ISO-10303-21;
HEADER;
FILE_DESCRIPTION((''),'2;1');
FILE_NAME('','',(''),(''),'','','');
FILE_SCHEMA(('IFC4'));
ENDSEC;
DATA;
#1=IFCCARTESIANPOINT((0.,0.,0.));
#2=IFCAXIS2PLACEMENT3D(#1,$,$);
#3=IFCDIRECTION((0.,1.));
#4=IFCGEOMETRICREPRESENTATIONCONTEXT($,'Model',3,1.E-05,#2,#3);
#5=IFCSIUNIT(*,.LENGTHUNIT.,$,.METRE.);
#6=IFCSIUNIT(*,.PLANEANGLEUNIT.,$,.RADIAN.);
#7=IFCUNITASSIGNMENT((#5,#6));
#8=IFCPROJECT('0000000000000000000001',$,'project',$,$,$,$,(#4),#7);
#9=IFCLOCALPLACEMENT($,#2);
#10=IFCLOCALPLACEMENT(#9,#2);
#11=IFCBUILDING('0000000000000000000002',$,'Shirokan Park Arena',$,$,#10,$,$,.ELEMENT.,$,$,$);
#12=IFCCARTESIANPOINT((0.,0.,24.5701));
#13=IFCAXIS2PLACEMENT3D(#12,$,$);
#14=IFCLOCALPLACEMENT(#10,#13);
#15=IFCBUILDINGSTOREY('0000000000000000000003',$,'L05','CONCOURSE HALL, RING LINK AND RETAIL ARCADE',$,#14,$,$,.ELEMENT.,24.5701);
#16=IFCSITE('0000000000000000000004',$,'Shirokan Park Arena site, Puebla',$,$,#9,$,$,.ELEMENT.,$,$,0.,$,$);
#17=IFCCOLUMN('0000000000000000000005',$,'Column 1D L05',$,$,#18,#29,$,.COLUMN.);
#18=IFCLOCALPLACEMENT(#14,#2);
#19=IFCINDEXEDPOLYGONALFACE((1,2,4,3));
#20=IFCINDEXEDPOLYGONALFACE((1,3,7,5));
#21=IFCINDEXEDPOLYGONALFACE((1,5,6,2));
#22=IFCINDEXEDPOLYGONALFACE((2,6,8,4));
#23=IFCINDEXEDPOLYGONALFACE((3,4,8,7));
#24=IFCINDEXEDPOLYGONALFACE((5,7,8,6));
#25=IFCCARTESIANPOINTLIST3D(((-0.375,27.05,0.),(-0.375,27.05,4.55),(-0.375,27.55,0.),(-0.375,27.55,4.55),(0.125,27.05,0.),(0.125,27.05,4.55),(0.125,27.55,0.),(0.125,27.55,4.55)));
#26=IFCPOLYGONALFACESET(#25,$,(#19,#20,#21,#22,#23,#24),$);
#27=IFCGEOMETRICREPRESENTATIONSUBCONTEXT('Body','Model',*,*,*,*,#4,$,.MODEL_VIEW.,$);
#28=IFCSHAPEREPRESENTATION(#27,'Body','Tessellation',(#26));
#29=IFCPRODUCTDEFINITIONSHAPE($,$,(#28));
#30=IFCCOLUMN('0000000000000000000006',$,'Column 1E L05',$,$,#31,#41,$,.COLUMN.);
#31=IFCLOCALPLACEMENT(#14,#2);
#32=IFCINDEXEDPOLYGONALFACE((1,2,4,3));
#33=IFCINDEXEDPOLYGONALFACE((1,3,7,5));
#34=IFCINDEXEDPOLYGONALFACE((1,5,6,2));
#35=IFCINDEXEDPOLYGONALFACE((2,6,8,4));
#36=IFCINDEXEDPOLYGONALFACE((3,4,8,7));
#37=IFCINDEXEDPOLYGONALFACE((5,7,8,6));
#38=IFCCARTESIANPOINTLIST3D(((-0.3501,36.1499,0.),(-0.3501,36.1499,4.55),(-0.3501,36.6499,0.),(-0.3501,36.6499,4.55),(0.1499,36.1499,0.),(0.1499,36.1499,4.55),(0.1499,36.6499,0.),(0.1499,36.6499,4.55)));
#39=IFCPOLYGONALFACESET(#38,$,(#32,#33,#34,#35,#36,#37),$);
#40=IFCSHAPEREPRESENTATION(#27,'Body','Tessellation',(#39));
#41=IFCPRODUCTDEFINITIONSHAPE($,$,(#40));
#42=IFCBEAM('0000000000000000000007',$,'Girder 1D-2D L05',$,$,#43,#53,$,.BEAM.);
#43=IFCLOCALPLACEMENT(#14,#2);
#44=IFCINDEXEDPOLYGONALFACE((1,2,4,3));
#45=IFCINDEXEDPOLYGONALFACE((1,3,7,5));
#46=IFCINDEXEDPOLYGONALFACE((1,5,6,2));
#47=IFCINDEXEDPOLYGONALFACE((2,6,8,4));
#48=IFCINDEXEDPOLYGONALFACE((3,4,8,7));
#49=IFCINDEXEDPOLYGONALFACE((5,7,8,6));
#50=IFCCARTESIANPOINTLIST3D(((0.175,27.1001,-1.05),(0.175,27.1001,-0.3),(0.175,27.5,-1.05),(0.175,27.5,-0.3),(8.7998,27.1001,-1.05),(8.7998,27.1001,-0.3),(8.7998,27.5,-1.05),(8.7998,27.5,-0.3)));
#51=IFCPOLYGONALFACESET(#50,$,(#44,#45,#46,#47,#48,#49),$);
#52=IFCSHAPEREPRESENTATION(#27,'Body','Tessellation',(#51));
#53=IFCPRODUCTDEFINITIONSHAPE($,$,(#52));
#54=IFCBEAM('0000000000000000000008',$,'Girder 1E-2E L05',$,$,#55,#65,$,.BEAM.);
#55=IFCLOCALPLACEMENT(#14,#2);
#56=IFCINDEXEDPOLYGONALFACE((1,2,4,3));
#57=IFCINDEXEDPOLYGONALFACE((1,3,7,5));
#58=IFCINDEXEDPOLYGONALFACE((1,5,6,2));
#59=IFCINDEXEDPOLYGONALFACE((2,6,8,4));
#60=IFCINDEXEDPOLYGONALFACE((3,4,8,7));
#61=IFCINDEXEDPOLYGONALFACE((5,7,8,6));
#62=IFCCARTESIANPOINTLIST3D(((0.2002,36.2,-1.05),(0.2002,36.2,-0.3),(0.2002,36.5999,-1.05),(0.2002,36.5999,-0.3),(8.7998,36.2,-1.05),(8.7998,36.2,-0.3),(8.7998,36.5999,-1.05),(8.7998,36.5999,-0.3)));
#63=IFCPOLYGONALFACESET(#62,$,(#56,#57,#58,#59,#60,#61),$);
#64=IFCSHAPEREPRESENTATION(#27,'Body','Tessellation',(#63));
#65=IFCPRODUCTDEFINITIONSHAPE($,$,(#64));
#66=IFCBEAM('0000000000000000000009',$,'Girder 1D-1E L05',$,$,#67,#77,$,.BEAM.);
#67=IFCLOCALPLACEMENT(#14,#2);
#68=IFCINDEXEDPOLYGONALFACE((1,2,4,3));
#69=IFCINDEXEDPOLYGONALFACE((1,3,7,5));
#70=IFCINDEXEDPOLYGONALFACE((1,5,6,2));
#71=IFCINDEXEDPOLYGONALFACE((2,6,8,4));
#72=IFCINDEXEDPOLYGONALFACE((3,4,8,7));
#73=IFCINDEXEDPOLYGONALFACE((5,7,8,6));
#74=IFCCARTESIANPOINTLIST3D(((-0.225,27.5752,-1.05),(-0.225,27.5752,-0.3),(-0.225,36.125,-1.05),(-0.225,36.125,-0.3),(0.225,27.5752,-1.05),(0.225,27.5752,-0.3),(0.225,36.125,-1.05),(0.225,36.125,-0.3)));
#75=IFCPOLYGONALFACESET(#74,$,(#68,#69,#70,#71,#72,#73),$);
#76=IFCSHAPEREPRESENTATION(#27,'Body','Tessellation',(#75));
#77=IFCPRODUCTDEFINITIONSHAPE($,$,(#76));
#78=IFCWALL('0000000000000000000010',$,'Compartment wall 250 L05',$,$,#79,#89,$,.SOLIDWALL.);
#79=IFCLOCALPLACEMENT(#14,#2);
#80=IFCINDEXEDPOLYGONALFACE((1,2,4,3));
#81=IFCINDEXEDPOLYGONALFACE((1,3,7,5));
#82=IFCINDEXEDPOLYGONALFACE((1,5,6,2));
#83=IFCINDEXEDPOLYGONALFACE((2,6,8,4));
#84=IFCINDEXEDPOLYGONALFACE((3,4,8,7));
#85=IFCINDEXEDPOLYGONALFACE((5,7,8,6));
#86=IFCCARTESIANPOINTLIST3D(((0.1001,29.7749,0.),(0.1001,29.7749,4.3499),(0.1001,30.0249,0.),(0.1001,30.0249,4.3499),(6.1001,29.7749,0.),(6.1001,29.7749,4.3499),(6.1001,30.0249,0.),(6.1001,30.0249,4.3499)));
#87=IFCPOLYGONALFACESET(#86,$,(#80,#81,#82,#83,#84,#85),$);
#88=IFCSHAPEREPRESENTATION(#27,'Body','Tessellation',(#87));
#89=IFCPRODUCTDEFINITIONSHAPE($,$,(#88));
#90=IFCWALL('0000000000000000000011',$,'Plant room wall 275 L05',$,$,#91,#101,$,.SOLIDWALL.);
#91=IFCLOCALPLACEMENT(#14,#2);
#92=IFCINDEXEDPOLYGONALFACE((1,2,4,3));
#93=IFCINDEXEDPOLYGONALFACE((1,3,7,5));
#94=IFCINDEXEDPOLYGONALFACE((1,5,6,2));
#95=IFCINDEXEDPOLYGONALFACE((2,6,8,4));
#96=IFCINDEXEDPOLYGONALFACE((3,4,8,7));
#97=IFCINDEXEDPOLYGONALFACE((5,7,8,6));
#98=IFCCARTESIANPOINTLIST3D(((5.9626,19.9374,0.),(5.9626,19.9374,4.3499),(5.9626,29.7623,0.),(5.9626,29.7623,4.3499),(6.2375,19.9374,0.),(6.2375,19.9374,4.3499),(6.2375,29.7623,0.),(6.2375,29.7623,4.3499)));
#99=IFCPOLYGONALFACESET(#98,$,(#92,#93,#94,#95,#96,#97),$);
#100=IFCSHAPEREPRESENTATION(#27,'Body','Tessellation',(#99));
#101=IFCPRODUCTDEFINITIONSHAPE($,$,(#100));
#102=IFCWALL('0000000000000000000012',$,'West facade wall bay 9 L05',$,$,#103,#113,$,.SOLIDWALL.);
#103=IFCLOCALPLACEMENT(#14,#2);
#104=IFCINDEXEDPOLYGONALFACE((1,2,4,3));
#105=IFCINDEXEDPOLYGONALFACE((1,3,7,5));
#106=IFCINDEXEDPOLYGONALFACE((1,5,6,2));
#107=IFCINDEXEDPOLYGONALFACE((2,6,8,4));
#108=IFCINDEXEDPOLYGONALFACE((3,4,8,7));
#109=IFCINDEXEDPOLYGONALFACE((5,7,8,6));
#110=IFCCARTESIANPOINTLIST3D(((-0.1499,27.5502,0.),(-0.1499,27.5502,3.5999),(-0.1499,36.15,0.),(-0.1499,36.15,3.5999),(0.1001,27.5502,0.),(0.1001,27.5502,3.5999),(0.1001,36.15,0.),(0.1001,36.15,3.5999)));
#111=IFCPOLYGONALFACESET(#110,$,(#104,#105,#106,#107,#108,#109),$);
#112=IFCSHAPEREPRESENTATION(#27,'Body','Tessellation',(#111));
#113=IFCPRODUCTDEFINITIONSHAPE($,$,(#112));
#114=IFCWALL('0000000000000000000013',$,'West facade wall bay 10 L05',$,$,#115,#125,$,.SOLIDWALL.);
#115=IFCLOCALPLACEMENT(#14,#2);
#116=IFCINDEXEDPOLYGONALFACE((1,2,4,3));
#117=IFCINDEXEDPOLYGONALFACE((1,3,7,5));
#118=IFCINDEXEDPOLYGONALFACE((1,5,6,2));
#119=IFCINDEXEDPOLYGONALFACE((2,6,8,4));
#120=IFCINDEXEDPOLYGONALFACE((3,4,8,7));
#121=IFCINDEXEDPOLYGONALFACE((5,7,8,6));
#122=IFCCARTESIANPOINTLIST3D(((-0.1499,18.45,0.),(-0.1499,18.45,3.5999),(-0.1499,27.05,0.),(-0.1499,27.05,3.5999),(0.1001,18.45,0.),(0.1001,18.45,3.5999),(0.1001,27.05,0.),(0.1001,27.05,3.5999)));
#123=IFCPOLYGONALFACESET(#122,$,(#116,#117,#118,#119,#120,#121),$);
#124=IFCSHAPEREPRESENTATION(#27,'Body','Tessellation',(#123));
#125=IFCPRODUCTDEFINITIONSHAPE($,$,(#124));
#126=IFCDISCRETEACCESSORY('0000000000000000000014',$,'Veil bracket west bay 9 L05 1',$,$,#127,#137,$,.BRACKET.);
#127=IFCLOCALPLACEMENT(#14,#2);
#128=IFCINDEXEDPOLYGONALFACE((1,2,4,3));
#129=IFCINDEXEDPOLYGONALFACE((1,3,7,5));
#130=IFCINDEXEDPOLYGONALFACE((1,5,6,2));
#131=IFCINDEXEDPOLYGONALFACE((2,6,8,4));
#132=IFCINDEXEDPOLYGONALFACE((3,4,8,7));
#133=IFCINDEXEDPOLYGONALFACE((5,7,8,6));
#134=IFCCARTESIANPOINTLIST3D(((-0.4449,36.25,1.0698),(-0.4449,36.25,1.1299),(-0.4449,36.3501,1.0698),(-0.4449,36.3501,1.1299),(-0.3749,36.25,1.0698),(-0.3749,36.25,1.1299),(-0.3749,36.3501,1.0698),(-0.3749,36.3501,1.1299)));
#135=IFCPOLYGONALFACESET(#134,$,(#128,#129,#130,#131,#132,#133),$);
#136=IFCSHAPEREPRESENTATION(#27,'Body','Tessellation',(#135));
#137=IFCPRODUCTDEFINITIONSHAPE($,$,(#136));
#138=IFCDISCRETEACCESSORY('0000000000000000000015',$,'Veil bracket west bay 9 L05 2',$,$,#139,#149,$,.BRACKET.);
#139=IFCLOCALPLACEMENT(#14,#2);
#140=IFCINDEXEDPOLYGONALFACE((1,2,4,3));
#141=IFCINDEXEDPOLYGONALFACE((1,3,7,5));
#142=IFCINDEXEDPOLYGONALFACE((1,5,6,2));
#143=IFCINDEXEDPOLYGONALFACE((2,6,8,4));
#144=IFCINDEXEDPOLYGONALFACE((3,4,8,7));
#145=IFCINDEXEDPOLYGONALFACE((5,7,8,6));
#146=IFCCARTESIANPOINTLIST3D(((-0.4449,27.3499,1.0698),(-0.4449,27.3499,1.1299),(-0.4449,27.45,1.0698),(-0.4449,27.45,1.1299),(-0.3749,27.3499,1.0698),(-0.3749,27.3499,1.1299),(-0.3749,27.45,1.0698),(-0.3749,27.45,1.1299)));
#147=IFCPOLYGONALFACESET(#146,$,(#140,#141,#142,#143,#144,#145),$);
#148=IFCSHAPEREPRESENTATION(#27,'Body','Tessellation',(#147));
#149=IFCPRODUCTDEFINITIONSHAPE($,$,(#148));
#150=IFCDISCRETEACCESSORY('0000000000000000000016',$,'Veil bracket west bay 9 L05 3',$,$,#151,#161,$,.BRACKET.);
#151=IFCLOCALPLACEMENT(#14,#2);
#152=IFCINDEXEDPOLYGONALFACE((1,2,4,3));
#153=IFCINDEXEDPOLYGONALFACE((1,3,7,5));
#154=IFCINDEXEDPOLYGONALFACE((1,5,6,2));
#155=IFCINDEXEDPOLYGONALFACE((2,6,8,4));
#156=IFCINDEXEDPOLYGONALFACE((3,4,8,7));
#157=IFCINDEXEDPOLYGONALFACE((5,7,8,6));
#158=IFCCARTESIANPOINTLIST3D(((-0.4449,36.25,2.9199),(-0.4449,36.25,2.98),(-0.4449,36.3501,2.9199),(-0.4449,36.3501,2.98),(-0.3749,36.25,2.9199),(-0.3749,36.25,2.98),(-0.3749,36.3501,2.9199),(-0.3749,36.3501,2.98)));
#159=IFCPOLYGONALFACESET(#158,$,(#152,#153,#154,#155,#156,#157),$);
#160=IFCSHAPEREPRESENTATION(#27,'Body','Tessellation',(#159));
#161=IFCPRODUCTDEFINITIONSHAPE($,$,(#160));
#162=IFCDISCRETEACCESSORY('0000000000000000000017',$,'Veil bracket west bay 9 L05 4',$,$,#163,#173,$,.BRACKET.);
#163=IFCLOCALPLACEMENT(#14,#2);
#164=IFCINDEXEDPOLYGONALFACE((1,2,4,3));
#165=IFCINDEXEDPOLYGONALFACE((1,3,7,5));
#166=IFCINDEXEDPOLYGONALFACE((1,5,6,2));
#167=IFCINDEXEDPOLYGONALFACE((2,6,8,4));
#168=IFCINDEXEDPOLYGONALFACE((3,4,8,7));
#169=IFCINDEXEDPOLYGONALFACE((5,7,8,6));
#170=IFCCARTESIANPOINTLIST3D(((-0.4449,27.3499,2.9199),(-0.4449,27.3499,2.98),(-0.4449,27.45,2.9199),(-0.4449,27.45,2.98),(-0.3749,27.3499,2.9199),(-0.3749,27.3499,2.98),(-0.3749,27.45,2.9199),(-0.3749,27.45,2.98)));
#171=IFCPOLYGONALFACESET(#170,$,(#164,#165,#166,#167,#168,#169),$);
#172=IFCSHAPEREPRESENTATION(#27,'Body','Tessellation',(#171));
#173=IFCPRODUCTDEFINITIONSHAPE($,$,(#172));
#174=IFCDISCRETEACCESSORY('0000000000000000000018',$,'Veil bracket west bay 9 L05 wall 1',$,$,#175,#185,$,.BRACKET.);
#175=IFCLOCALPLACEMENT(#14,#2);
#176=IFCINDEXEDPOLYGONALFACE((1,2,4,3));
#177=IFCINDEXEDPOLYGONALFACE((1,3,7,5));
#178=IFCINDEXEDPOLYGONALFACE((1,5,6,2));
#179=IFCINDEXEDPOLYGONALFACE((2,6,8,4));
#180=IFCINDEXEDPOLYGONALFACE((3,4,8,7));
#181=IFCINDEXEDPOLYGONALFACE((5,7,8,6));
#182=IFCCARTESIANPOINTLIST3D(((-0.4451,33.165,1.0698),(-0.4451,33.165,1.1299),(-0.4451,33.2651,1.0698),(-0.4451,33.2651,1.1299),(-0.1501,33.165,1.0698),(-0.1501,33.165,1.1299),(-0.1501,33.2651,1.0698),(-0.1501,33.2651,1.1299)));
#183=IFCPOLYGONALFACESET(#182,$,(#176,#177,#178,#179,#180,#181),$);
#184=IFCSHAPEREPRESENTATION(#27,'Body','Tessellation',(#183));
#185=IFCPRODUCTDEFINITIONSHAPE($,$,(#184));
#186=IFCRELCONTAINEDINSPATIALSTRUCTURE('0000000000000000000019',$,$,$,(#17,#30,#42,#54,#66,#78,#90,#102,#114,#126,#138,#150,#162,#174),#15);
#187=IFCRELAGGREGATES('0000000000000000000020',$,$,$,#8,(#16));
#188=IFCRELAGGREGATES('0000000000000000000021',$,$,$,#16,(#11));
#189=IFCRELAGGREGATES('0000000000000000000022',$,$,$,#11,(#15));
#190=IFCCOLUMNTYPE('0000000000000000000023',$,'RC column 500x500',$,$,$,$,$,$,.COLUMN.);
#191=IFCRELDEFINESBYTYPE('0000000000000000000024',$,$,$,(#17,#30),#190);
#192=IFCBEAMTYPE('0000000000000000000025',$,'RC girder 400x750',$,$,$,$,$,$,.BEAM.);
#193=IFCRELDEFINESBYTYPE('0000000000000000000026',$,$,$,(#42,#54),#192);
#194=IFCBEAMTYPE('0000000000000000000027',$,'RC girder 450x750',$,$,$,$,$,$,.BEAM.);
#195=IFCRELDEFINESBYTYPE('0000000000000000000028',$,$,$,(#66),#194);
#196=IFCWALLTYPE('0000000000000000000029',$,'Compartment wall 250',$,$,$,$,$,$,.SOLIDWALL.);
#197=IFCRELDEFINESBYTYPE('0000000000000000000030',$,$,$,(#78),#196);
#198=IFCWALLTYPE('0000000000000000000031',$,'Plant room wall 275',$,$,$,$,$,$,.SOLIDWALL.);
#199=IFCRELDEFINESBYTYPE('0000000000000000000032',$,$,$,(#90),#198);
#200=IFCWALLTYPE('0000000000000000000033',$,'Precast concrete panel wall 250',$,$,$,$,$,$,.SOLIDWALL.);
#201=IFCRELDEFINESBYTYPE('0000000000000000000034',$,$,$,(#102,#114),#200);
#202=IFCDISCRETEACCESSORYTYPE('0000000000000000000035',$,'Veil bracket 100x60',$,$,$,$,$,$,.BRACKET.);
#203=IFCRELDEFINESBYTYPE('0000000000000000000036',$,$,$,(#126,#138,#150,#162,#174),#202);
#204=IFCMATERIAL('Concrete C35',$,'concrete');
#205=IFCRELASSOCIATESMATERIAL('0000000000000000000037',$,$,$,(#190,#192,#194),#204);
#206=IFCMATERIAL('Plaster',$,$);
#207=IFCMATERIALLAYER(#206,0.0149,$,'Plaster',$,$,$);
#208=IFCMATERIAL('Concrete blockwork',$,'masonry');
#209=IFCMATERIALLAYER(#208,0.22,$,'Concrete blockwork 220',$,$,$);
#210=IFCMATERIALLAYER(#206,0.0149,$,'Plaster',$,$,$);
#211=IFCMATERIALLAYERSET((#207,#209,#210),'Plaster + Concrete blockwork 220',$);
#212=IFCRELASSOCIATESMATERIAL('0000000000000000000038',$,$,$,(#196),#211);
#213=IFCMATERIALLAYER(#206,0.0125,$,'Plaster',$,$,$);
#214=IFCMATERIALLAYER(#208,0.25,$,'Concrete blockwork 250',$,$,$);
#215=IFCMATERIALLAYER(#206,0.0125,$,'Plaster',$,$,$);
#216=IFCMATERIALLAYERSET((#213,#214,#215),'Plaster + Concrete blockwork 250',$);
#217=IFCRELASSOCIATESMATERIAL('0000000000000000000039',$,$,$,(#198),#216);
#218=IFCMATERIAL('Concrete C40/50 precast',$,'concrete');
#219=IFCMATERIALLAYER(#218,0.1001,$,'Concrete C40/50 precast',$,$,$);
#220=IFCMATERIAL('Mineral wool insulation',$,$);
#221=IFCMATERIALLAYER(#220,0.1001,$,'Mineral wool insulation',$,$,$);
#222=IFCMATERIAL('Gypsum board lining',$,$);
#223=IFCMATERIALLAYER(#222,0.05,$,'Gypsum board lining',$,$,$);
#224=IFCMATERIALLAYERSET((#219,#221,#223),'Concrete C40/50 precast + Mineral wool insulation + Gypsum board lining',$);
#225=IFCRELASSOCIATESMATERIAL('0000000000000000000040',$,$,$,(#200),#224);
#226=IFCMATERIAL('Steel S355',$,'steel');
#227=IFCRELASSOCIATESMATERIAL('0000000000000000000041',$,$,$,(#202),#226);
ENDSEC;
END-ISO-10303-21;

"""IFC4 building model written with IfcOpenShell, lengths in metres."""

from ifc_helpers import new_model, si_unit, direction, frame, frame_2d, origin, origin_2d, place, context, subcontext, project, spatial, rectangle, extrude, material, layer, layer_set, material_profile, profile_set, type_object, element, save


model = new_model("IFC4")

# Units and contexts
model_context = context("Model", 3, precision=1e-05, world=origin(), true_north=direction((0.0, 1.0)))
body_context = subcontext(model_context, "Body", "Model", "MODEL_VIEW")
ifc_project = project(units=[si_unit("LENGTHUNIT", "METRE"), si_unit("PLANEANGLEUNIT", "RADIAN")], contexts=[model_context])

# Site, building, storey
site_placement = place(None, origin())
site = spatial("IfcSite", under=ifc_project, at=site_placement, Name="Shirokan Park Arena site, Puebla", CompositionType="ELEMENT", RefElevation=0.0)
building_placement = place(site_placement, origin())
building = spatial("IfcBuilding", under=site, at=building_placement, Name="Shirokan Park Arena", CompositionType="ELEMENT")
storey_placement = place(building_placement, frame((0.0, 0.0, 24.5701)))
storey = spatial("IfcBuildingStorey", under=building, at=storey_placement, Name="L05", Description="CONCOURSE HALL, RING LINK AND RETAIL ARCADE", CompositionType="ELEMENT", Elevation=24.5701)

# Columns
ifc_material_1 = material(Name="Concrete C35", Category="concrete")
ifc_material_profile_1 = material_profile(ifc_material_1, rectangle(XDim=0.5, YDim=0.5, at=origin_2d()), Name="500x500")
ifc_profile_set_1 = profile_set([ifc_material_profile_1], Name="Concrete C35")
column_type = type_object("IfcColumnType", Name="RC column 500x500", PredefinedType="COLUMN", material=ifc_profile_set_1)
for number, where, z_axis, x_axis, name in (
    (1, (-0.125, 27.3, 0.0), (0.0, 0.0, 1.0), (1.0, 0.0, 0.0), "Column 1D L05"),
    (2, (-0.1001, 36.3999, 0.0), (0.0, 0.0, 1.0), (1.0, 0.0, 0.0), "Column 1E L05"),
):
    element("IfcColumn", number, at=place(storey_placement, frame(where, z_axis=z_axis, x_axis=x_axis)), inside=storey, type_object=column_type, Name=name, PredefinedType="COLUMN", context=body_context, shape_type="SweptSolid", body=[
        extrude(rectangle(XDim=0.5, YDim=0.5, at=origin_2d()), origin(), (0.0, 0.0, 1.0), 4.55),
    ])

# Beams
ifc_material_profile_2 = material_profile(ifc_material_1, rectangle(XDim=0.3999, YDim=0.75, at=origin_2d()), Name="400x750")
ifc_profile_set_2 = profile_set([ifc_material_profile_2], Name="Concrete C35")
beam_type_1 = type_object("IfcBeamType", Name="RC girder 400x750", PredefinedType="BEAM", material=ifc_profile_set_2)
beam_1_placement = place(storey_placement, frame((0.175, 27.3, -0.675), z_axis=(1.0, 0.0, 0.0), x_axis=(0.0, 1.0, 0.0)))
element("IfcBeam", 3, at=beam_1_placement, inside=storey, type_object=beam_type_1, Name="Girder 1D-2D L05", PredefinedType="BEAM", context=body_context, shape_type="SweptSolid", body=[
    extrude(rectangle(XDim=0.3999, YDim=0.75, at=origin_2d()), origin(), (0.0, 0.0, 1.0), 8.6248),
])
beam_2_placement = place(storey_placement, frame((0.2002, 36.3999, -0.675), z_axis=(1.0, 0.0, 0.0), x_axis=(0.0, 1.0, 0.0)))
element("IfcBeam", 4, at=beam_2_placement, inside=storey, type_object=beam_type_1, Name="Girder 1E-2E L05", PredefinedType="BEAM", context=body_context, shape_type="SweptSolid", body=[
    extrude(rectangle(XDim=0.3999, YDim=0.75, at=origin_2d()), origin(), (0.0, 0.0, 1.0), 8.5996),
])
ifc_material_profile_3 = material_profile(ifc_material_1, rectangle(XDim=0.45, YDim=0.75, at=origin_2d()), Name="450x750")
ifc_profile_set_3 = profile_set([ifc_material_profile_3], Name="Concrete C35")
beam_type_2 = type_object("IfcBeamType", Name="RC girder 450x750", PredefinedType="BEAM", material=ifc_profile_set_3)
beam_3_placement = place(storey_placement, frame((0.0, 27.5752, -0.675), z_axis=(0.0, 1.0, 0.0), x_axis=(-1.0, 0.0, 0.0)))
element("IfcBeam", 5, at=beam_3_placement, inside=storey, type_object=beam_type_2, Name="Girder 1D-1E L05", PredefinedType="BEAM", context=body_context, shape_type="SweptSolid", body=[
    extrude(rectangle(XDim=0.45, YDim=0.75, at=origin_2d()), origin(), (0.0, 0.0, 1.0), 8.5498),
])

# Wall
ifc_material_2 = material(Name="Plaster")
ifc_layer_1 = layer(ifc_material_2, 0.0149, Name="Plaster")
ifc_material_3 = material(Name="Concrete blockwork", Category="masonry")
ifc_layer_2 = layer(ifc_material_3, 0.22, Name="Concrete blockwork 220")
ifc_layer_3 = layer(ifc_material_2, 0.0149, Name="Plaster")
ifc_layer_set_1 = layer_set([ifc_layer_1, ifc_layer_2, ifc_layer_3], Name="Plaster + Concrete blockwork 220")
wall_type_1 = type_object("IfcWallType", Name="Compartment wall 250", PredefinedType="SOLIDWALL", material=ifc_layer_set_1)
wall_1_placement = place(storey_placement, frame((0.1001, 29.8999, 0.0), z_axis=(0.0, 0.0, 1.0), x_axis=(1.0, 0.0, 0.0)))
element("IfcWall", 6, at=wall_1_placement, inside=storey, type_object=wall_type_1, Name="Compartment wall 250 L05", PredefinedType="SOLIDWALL", context=body_context, shape_type="SweptSolid", body=[
    extrude(rectangle(XDim=6.0, YDim=0.25, at=frame_2d((3.0, 0.0))), origin(), (0.0, 0.0, 1.0), 4.3499),
])

# Shared definitions
ifc_material_4 = material(Name="Mineral wool insulation")

# Walls
ifc_layer_4 = layer(ifc_material_2, 0.0125, Name="Plaster")
ifc_layer_5 = layer(ifc_material_3, 0.25, Name="Concrete blockwork 250")
ifc_layer_6 = layer(ifc_material_2, 0.0125, Name="Plaster")
ifc_layer_set_2 = layer_set([ifc_layer_4, ifc_layer_5, ifc_layer_6], Name="Plaster + Concrete blockwork 250")
wall_type_2 = type_object("IfcWallType", Name="Plant room wall 275", PredefinedType="SOLIDWALL", material=ifc_layer_set_2)
wall_2_placement = place(storey_placement, frame((6.1001, 29.7625, 0.0), z_axis=(0.0, 0.0, 1.0), x_axis=(0.0, -1.0, 0.0)))
element("IfcWall", 7, at=wall_2_placement, inside=storey, type_object=wall_type_2, Name="Plant room wall 275 L05", PredefinedType="SOLIDWALL", context=body_context, shape_type="SweptSolid", body=[
    extrude(rectangle(XDim=9.825, YDim=0.2749, at=frame_2d((4.9126, 0.0))), origin(), (0.0, 0.0, 1.0), 4.3499),
])
ifc_material_5 = material(Name="Concrete C40/50 precast", Category="concrete")
ifc_layer_7 = layer(ifc_material_5, 0.1001, Name="Concrete C40/50 precast")
ifc_layer_8 = layer(ifc_material_4, 0.1001, Name="Mineral wool insulation")
ifc_material_6 = material(Name="Gypsum board lining")
ifc_layer_9 = layer(ifc_material_6, 0.05, Name="Gypsum board lining")
ifc_layer_set_3 = layer_set([ifc_layer_7, ifc_layer_8, ifc_layer_9], Name="Concrete C40/50 precast + Mineral wool insulation + Gypsum board lining")
wall_type_3 = type_object("IfcWallType", Name="Precast concrete panel wall 250", PredefinedType="SOLIDWALL", material=ifc_layer_set_3)
wall_3_placement = place(storey_placement, frame((-0.0249, 36.1499, 0.0), z_axis=(0.0, 0.0, 1.0), x_axis=(0.0, -1.0, 0.0)))
element("IfcWall", 8, at=wall_3_placement, inside=storey, type_object=wall_type_3, Name="West facade wall bay 9 L05", PredefinedType="SOLIDWALL", context=body_context, shape_type="SweptSolid", body=[
    extrude(rectangle(XDim=8.5999, YDim=0.25, at=frame_2d((4.2998, 0.0))), origin(), (0.0, 0.0, 1.0), 3.5999),
])
wall_4_placement = place(storey_placement, frame((-0.0249, 27.05, 0.0), z_axis=(0.0, 0.0, 1.0), x_axis=(0.0, -1.0, 0.0)))
element("IfcWall", 9, at=wall_4_placement, inside=storey, type_object=wall_type_3, Name="West facade wall bay 10 L05", PredefinedType="SOLIDWALL", context=body_context, shape_type="SweptSolid", body=[
    extrude(rectangle(XDim=8.6001, YDim=0.25, at=frame_2d((4.3, 0.0))), origin(), (0.0, 0.0, 1.0), 3.5999),
])

# Discrete accessories
ifc_material_7 = material(Name="Steel S355", Category="steel")
discrete_accessory_type = type_object("IfcDiscreteAccessoryType", Name="Veil bracket 100x60", PredefinedType="BRACKET", material=ifc_material_7)
for number, where, z_axis, x_axis, name in (
    (10, (-0.4099, 36.3, 1.0698), (0.0, 0.0, 1.0), (0.0, -1.0, 0.0), "Veil bracket west bay 9 L05 1"),
    (11, (-0.4099, 27.3999, 1.0698), (0.0, 0.0, 1.0), (0.0, -1.0, 0.0), "Veil bracket west bay 9 L05 2"),
    (12, (-0.4099, 36.3, 2.9199), (0.0, 0.0, 1.0), (0.0, -1.0, 0.0), "Veil bracket west bay 9 L05 3"),
    (13, (-0.4099, 27.3999, 2.9199), (0.0, 0.0, 1.0), (0.0, -1.0, 0.0), "Veil bracket west bay 9 L05 4"),
):
    element("IfcDiscreteAccessory", number, at=place(storey_placement, frame(where, z_axis=z_axis, x_axis=x_axis)), inside=storey, type_object=discrete_accessory_type, Name=name, PredefinedType="BRACKET", context=body_context, shape_type="SweptSolid", body=[
        extrude(rectangle(XDim=0.1001, YDim=0.0701, at=origin_2d()), origin(), (0.0, 0.0, 1.0), 0.0601),
    ])
for number, where, z_axis, x_axis, name in (
    (14, (-0.2976, 33.2151, 1.0698), (0.0, 0.0, 1.0), (0.0, -1.0, 0.0), "Veil bracket west bay 9 L05 wall 1"),
):
    element("IfcDiscreteAccessory", number, at=place(storey_placement, frame(where, z_axis=z_axis, x_axis=x_axis)), inside=storey, type_object=discrete_accessory_type, Name=name, PredefinedType="BRACKET", context=body_context, shape_type="SweptSolid", body=[
        extrude(rectangle(XDim=0.1001, YDim=0.2949, at=origin_2d()), origin(), (0.0, 0.0, 1.0), 0.0601),
    ])

save(model, "model.ifc")
